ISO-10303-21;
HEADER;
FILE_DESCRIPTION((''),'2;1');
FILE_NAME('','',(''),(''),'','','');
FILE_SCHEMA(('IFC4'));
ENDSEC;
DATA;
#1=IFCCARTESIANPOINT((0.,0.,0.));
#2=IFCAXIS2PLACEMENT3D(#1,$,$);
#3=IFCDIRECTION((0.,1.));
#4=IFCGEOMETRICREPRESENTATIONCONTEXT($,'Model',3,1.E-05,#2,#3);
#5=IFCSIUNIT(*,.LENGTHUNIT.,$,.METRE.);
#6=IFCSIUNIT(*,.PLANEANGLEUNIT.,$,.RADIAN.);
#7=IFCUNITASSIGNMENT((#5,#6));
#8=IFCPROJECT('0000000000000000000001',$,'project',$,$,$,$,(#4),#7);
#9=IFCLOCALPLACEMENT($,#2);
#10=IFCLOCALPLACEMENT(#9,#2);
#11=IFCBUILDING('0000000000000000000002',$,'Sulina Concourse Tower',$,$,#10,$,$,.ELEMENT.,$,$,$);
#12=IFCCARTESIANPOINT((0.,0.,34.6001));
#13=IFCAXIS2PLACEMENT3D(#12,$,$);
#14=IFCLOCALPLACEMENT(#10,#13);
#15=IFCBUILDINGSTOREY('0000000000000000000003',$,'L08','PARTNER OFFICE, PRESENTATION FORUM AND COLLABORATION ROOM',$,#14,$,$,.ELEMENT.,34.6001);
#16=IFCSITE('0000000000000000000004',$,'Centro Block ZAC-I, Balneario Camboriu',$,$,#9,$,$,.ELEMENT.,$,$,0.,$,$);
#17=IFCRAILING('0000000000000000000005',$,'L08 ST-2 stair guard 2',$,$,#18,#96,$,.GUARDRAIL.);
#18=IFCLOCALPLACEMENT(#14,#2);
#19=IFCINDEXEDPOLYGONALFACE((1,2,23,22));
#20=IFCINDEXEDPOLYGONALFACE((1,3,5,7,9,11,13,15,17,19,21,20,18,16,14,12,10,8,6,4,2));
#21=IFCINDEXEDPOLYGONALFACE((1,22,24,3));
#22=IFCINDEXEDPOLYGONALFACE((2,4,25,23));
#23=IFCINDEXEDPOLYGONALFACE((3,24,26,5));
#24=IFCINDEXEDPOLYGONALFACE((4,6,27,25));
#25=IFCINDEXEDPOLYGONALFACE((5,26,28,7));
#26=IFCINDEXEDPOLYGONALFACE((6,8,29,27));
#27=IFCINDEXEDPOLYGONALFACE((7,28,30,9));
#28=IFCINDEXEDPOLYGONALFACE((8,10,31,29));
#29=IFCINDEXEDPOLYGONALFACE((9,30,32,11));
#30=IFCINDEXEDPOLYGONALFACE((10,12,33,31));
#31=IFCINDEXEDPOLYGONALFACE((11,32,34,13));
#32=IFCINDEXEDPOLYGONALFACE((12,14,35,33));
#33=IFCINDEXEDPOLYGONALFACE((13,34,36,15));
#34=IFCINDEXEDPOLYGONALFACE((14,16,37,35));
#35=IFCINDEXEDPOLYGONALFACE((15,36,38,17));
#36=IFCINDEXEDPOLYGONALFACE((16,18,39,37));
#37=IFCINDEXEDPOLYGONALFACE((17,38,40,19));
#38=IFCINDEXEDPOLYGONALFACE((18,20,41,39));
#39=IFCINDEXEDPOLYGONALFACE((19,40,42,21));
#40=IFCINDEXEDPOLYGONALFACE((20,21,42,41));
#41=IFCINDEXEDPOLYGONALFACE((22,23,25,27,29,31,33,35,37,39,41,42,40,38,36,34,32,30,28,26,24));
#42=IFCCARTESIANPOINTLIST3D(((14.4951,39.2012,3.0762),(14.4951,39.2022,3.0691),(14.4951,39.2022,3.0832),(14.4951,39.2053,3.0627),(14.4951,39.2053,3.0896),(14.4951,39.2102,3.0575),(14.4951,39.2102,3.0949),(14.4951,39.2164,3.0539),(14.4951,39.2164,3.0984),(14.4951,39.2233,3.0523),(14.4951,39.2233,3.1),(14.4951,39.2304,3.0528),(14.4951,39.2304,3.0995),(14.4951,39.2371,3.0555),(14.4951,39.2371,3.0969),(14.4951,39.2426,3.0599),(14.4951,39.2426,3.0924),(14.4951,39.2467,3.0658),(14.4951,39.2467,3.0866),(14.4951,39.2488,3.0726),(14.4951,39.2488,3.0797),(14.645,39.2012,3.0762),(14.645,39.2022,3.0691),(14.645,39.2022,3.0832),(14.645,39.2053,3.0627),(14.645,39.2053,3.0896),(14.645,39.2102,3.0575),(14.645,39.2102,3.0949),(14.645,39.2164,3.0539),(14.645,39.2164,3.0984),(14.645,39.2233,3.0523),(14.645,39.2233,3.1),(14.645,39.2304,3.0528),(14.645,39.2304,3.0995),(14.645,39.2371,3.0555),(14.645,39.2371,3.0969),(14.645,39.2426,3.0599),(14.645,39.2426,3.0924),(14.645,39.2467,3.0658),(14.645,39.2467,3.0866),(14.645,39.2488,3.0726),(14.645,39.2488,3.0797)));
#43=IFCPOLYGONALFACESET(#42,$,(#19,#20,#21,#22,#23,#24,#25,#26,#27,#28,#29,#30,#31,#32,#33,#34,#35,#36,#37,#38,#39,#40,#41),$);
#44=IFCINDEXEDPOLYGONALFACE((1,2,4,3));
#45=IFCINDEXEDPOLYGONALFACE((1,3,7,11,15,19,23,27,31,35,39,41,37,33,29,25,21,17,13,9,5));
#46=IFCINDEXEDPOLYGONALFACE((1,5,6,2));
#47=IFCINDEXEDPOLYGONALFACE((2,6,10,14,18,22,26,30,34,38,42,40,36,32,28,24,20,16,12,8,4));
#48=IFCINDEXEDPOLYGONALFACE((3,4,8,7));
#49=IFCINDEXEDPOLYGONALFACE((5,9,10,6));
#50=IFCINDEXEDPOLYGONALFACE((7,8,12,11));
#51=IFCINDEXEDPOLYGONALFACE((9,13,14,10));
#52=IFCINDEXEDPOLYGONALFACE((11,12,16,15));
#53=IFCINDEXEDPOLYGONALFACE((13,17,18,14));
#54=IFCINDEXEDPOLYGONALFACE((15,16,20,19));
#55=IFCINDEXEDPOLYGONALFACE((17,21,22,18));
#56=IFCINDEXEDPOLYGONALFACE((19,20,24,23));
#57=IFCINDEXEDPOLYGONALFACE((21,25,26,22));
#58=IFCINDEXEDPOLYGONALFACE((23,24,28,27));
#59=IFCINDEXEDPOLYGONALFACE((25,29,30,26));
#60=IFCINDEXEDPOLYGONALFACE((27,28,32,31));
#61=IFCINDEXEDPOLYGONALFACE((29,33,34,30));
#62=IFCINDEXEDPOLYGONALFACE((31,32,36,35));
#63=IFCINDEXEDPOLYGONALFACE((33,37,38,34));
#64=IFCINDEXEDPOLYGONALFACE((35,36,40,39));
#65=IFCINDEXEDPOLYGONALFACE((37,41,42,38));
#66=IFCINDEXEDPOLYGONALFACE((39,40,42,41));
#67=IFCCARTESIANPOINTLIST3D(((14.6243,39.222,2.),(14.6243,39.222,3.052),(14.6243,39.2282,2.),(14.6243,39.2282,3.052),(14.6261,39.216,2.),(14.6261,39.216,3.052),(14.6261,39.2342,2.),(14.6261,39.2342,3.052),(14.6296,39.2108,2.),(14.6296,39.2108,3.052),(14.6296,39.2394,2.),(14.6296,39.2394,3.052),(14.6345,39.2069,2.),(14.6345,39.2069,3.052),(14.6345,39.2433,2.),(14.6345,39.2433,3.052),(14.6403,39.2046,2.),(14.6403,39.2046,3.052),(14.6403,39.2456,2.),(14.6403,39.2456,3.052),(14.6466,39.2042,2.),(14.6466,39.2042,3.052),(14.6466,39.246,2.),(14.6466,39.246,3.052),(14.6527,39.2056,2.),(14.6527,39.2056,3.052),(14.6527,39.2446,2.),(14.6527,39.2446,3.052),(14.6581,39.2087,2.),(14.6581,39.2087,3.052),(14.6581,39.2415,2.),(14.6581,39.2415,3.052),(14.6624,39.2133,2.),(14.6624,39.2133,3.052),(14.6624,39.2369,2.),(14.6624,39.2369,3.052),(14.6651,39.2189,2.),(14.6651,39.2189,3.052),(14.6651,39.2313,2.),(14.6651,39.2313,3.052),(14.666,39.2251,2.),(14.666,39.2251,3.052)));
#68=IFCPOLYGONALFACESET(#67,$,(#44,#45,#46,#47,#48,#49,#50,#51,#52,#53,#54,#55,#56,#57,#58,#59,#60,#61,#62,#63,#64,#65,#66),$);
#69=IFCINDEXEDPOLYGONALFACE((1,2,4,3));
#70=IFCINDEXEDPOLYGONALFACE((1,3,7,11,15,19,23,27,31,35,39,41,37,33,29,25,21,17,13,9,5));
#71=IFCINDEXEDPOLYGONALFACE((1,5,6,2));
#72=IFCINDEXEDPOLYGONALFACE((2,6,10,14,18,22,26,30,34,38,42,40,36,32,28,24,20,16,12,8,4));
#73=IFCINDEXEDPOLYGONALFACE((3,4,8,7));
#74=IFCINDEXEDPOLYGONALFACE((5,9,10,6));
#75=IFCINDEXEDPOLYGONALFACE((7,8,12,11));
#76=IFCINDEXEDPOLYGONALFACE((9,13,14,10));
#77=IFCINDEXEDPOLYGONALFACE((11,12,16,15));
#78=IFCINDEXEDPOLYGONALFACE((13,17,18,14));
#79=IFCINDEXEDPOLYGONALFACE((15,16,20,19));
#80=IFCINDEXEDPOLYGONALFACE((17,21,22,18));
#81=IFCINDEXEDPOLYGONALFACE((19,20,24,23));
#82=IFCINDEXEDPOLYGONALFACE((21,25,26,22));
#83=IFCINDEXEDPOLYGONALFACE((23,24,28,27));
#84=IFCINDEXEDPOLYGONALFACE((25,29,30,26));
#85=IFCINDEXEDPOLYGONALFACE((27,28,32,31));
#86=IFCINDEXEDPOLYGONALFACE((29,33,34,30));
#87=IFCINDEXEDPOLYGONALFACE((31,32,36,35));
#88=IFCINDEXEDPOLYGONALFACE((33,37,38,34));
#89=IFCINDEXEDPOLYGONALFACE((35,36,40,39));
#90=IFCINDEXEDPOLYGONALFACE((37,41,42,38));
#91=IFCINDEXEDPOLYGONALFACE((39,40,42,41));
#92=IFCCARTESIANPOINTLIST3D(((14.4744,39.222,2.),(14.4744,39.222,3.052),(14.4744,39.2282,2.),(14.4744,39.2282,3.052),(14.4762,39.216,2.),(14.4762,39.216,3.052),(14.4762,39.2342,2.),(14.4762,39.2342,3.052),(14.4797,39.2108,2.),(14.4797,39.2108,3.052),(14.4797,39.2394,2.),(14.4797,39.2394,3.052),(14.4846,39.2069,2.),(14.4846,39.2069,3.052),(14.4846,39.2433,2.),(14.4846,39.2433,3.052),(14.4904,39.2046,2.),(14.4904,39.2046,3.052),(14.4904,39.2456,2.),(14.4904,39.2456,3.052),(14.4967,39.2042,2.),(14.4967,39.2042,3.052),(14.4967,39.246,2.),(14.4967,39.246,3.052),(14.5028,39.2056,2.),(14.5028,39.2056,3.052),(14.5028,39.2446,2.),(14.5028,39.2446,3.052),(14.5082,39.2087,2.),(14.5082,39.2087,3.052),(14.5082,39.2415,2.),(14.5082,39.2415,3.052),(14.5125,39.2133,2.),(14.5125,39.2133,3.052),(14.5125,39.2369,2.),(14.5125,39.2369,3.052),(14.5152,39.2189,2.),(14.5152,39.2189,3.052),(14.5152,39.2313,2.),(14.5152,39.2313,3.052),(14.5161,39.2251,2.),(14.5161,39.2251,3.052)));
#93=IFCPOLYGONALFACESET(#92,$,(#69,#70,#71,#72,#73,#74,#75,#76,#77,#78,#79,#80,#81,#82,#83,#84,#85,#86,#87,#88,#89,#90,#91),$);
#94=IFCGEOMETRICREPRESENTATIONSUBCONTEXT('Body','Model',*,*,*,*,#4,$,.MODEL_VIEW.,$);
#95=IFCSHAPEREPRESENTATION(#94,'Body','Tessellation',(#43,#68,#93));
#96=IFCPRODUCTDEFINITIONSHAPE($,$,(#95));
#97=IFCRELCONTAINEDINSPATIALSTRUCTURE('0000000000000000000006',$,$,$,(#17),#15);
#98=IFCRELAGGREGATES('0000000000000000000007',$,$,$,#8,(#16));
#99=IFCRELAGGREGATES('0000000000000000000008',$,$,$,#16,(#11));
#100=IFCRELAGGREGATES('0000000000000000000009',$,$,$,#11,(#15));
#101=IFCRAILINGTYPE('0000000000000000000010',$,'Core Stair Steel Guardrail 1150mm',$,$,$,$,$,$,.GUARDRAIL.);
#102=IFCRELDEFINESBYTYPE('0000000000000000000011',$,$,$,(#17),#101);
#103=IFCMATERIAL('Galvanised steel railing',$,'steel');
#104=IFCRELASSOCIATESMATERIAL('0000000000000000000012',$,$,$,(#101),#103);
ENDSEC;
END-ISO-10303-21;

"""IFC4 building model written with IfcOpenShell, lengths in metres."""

from ifc_helpers import new_model, si_unit, direction, frame, origin, origin_2d, place, context, subcontext, project, spatial, circle, extrude, material, type_object, element, save


model = new_model("IFC4")

# Units and contexts
model_context = context("Model", 3, precision=1e-05, world=origin(), true_north=direction((0.0, 1.0)))
body_context = subcontext(model_context, "Body", "Model", "MODEL_VIEW")
ifc_project = project(units=[si_unit("LENGTHUNIT", "METRE"), si_unit("PLANEANGLEUNIT", "RADIAN")], contexts=[model_context])

# Site, building, storey
site_placement = place(None, origin())
site = spatial("IfcSite", under=ifc_project, at=site_placement, Name="Centro Block ZAC-I, Balneario Camboriu", CompositionType="ELEMENT", RefElevation=0.0)
building_placement = place(site_placement, origin())
building = spatial("IfcBuilding", under=site, at=building_placement, Name="Sulina Concourse Tower", CompositionType="ELEMENT")
storey_placement = place(building_placement, frame((0.0, 0.0, 34.6001)))
storey = spatial("IfcBuildingStorey", under=building, at=storey_placement, Name="L08", Description="PARTNER OFFICE, PRESENTATION FORUM AND COLLABORATION ROOM", CompositionType="ELEMENT", Elevation=34.6001)

# Railing
ifc_material_1 = material(Name="Galvanised steel railing", Category="steel")
railing_type_1 = type_object("IfcRailingType", Name="Core Stair Steel Guardrail 1150mm", PredefinedType="GUARDRAIL", material=ifc_material_1)
railing_1_placement = place(storey_placement, frame((14.645, 39.2251, 2.0)))
element("IfcRailing", 1, at=railing_1_placement, inside=storey, type_object=railing_type_1, Name="L08 ST-2 stair guard 2", PredefinedType="GUARDRAIL", context=body_context, shape_type="SweptSolid", body=[
    extrude(circle(Radius=0.0239, at=origin_2d()), frame((0.0, 0.0, 1.0762), z_axis=(-1.0, 0.0, 0.0), x_axis=(0.0, -1.0, 0.0)), (0.0, 0.0, 1.0), 0.1499),
    extrude(circle(Radius=0.021, at=origin_2d()), origin(), (0.0, 0.0, 1.0), 1.052),
    extrude(circle(Radius=0.021, at=origin_2d()), frame((-0.1499, 0.0, 0.0)), (0.0, 0.0, 1.0), 1.052),
])

save(model, "model.ifc")
